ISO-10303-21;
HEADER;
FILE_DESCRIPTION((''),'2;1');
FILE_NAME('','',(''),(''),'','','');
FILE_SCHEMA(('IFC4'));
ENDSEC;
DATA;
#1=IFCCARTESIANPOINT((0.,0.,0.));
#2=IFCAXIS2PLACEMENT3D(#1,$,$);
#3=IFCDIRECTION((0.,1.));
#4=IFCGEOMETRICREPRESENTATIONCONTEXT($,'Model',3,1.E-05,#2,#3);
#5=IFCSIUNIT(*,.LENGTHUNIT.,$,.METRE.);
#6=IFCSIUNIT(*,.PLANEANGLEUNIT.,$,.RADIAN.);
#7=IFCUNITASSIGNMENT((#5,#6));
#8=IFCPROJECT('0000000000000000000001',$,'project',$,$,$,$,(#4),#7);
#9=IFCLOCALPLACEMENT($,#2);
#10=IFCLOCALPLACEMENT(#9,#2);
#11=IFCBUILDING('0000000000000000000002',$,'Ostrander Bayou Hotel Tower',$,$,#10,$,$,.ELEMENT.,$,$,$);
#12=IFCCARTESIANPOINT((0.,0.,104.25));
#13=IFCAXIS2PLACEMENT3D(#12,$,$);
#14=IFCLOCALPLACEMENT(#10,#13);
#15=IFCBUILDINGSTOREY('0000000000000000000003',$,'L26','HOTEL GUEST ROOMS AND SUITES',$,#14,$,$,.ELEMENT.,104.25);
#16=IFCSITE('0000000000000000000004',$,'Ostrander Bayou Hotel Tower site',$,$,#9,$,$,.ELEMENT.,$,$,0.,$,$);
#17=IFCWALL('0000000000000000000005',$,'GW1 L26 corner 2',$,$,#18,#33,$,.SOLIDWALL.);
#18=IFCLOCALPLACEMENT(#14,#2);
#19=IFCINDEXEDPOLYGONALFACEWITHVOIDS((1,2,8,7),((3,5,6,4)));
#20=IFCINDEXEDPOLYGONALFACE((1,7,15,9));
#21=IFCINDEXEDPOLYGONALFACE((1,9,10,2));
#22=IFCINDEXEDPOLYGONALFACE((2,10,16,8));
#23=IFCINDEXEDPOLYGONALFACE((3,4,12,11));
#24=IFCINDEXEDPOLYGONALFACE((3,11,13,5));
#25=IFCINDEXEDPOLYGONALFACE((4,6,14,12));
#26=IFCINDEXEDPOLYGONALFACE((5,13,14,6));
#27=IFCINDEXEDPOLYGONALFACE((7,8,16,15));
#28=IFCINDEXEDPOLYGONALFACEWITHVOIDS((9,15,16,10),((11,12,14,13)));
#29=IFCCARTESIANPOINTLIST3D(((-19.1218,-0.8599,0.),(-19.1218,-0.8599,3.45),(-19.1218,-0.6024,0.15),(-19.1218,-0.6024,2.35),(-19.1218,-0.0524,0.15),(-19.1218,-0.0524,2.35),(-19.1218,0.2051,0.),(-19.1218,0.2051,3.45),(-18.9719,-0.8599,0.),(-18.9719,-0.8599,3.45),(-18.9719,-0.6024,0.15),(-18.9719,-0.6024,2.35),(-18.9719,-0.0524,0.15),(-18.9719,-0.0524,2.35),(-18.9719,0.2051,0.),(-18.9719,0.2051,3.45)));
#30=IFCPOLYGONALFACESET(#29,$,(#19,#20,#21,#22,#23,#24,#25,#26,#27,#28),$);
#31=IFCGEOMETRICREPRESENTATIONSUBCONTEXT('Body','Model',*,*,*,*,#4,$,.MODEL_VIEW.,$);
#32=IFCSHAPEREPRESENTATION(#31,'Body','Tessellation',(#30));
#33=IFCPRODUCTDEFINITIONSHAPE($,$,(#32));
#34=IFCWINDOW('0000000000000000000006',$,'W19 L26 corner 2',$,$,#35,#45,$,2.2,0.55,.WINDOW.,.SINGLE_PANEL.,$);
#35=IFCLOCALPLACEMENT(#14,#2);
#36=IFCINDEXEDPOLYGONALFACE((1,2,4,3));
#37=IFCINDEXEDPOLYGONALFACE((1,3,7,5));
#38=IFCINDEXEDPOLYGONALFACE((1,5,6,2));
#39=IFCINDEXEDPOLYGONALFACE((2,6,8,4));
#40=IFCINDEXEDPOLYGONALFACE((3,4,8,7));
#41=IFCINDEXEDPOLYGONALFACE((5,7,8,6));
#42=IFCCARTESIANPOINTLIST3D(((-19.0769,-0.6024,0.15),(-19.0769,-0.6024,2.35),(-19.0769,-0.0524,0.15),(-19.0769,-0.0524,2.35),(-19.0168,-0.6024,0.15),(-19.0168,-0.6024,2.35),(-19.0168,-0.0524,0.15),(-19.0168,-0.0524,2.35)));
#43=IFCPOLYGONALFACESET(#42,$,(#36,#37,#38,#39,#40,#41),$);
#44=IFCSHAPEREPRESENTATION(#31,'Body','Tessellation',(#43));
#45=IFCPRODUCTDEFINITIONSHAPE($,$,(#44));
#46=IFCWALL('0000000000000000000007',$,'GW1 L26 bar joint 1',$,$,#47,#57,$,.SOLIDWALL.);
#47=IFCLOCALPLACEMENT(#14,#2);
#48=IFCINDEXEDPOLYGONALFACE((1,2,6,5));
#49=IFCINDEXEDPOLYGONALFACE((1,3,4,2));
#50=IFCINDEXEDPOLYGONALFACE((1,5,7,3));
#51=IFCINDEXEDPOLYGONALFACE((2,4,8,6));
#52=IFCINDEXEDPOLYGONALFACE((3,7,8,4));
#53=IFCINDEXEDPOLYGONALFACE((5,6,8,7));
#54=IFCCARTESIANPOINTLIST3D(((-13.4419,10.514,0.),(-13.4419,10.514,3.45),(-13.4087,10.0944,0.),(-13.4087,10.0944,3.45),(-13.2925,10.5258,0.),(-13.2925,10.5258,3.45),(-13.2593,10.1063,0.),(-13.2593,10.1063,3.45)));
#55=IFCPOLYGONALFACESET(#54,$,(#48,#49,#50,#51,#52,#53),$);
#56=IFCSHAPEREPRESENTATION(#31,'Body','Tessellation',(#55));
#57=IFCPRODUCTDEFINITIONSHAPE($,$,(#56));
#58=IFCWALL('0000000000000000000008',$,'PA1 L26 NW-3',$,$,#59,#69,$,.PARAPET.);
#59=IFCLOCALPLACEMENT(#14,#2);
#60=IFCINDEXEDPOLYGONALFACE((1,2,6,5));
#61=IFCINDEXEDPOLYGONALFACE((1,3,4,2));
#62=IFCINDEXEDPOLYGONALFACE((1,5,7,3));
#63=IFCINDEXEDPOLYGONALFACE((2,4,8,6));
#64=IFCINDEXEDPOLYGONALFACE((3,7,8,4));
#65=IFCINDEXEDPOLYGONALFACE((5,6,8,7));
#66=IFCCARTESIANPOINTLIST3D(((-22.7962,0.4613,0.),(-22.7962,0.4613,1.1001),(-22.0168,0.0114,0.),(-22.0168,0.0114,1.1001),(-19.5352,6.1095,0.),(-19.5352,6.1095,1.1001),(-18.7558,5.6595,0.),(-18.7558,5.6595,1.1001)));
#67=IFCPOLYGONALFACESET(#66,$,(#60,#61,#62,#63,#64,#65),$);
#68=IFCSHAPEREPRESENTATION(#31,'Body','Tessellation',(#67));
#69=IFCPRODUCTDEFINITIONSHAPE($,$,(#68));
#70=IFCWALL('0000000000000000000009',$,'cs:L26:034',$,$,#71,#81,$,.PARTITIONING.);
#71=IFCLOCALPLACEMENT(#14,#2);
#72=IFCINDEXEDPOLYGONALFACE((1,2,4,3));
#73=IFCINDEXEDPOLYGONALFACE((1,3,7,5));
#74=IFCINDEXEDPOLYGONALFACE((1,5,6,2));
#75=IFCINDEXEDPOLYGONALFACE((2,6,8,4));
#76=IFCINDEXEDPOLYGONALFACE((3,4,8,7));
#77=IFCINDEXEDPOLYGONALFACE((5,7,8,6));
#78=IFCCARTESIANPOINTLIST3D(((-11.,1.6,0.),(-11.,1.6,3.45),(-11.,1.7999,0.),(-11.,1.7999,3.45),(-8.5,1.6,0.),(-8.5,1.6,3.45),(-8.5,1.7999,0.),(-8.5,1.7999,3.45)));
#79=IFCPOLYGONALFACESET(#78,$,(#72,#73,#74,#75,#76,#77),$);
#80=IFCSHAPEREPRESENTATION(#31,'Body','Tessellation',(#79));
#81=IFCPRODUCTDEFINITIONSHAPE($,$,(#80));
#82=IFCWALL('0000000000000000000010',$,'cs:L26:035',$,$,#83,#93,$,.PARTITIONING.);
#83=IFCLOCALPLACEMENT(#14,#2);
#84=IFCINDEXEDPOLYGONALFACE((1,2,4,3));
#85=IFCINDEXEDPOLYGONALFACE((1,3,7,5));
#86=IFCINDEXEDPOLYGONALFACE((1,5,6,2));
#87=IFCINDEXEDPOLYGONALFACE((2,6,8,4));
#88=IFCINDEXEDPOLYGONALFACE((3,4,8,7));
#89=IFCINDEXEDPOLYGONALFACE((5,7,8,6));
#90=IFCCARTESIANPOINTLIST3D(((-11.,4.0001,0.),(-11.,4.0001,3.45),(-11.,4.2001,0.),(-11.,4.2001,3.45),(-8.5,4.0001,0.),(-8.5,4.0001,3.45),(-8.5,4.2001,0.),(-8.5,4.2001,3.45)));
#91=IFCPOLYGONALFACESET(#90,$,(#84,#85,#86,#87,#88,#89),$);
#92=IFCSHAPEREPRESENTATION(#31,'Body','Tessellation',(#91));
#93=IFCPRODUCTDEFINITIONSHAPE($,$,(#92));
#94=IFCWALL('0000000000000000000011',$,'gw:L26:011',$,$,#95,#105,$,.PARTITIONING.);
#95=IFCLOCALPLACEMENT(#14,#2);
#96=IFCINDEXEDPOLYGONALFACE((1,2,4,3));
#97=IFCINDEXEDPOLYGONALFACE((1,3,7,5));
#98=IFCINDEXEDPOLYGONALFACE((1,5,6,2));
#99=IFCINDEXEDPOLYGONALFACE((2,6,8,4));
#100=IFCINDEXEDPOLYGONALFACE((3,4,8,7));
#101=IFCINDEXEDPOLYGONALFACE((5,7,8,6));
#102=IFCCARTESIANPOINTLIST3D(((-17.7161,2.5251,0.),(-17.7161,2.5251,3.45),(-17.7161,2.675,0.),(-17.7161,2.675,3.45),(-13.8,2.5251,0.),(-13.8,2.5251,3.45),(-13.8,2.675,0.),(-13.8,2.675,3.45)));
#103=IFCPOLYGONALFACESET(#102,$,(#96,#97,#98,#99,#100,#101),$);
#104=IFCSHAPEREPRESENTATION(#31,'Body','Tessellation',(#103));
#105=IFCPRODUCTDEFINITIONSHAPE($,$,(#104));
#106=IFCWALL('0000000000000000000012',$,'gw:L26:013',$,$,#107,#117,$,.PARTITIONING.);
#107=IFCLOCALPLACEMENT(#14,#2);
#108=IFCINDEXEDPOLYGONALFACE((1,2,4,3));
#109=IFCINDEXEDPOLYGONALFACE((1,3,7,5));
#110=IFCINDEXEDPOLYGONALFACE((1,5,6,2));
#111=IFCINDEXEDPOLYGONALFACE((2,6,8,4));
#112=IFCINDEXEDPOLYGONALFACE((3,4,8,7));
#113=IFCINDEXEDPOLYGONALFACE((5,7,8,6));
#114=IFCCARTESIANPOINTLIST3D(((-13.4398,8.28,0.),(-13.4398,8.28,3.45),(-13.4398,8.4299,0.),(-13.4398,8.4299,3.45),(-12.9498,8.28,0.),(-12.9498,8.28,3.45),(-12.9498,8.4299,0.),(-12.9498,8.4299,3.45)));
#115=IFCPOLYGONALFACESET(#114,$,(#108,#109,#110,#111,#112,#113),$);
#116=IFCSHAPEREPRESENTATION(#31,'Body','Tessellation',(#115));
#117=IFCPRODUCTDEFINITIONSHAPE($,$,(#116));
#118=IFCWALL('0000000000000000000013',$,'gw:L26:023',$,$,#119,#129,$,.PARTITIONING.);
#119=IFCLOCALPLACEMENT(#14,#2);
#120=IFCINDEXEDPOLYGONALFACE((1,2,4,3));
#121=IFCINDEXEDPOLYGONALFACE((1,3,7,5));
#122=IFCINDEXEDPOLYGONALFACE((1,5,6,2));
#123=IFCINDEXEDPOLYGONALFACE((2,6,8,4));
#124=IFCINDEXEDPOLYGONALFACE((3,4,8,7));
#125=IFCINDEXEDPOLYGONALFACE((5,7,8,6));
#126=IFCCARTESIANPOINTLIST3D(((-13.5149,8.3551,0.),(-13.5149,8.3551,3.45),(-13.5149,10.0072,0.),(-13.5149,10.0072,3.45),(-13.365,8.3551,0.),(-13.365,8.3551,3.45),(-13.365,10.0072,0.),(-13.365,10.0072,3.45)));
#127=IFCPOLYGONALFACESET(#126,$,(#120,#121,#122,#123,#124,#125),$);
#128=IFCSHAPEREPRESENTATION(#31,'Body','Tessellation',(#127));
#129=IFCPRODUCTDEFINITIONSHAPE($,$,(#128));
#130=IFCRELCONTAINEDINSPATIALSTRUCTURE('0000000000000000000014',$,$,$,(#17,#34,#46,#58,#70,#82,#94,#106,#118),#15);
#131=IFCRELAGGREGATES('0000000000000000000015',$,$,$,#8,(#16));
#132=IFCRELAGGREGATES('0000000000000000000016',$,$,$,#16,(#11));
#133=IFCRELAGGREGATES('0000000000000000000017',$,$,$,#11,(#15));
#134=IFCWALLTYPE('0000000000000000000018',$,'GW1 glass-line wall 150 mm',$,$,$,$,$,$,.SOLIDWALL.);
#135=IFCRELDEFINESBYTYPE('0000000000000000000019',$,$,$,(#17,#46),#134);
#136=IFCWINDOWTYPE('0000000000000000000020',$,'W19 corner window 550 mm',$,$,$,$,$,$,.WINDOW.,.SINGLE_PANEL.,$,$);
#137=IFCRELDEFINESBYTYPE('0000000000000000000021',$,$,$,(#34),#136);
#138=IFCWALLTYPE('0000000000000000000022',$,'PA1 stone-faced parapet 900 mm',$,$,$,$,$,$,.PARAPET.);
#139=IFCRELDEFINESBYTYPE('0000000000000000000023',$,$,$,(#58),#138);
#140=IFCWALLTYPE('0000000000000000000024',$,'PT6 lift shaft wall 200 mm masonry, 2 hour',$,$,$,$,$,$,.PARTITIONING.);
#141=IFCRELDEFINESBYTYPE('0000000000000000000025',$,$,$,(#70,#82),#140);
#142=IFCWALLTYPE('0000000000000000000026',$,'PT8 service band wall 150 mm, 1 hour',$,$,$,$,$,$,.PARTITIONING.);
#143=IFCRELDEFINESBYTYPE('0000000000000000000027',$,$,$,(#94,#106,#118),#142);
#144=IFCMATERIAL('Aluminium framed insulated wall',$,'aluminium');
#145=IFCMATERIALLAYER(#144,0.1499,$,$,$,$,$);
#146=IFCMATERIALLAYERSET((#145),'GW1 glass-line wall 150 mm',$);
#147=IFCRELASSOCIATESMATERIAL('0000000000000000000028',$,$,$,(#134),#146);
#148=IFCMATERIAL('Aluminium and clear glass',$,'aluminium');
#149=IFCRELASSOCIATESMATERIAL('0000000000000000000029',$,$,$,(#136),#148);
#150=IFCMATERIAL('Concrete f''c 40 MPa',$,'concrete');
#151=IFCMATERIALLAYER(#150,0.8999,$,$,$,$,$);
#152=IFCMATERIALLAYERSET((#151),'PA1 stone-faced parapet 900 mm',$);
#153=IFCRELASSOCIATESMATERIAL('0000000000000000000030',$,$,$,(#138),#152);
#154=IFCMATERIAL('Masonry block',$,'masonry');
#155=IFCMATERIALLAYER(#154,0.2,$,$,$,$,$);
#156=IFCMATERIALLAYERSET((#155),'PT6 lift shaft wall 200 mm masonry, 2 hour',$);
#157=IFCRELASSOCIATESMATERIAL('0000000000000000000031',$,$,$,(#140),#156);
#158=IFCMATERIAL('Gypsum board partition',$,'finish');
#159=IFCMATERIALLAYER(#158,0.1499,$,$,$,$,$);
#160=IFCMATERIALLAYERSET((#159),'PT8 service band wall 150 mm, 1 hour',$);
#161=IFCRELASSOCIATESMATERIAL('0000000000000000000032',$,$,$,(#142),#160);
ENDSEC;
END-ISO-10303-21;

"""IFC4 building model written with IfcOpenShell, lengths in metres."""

from ifc_helpers import new_model, si_unit, direction, frame, frame_2d, origin, place, context, subcontext, project, spatial, rectangle, extrude, material, layer, layer_set, type_object, element, fill, save


model = new_model("IFC4")

# Units and contexts
model_context = context("Model", 3, precision=1e-05, world=origin(), true_north=direction((0.0, 1.0)))
body_context = subcontext(model_context, "Body", "Model", "MODEL_VIEW")
ifc_project = project(units=[si_unit("LENGTHUNIT", "METRE"), si_unit("PLANEANGLEUNIT", "RADIAN")], contexts=[model_context])

# Site, building, storey
site_placement = place(None, origin())
site = spatial("IfcSite", under=ifc_project, at=site_placement, Name="Ostrander Bayou Hotel Tower site", CompositionType="ELEMENT", RefElevation=0.0)
building_placement = place(site_placement, origin())
building = spatial("IfcBuilding", under=site, at=building_placement, Name="Ostrander Bayou Hotel Tower", CompositionType="ELEMENT")
storey_placement = place(building_placement, frame((0.0, 0.0, 104.25)))
storey = spatial("IfcBuildingStorey", under=building, at=storey_placement, Name="L26", Description="HOTEL GUEST ROOMS AND SUITES", CompositionType="ELEMENT", Elevation=104.25)

# Shared definitions
ifc_material_1 = material(Name="Aluminium framed insulated wall", Category="aluminium")
ifc_layer_1 = layer(ifc_material_1, 0.1499)
ifc_layer_set_1 = layer_set([ifc_layer_1], Name="GW1 glass-line wall 150 mm")
wall_type_1 = type_object("IfcWallType", Name="GW1 glass-line wall 150 mm", PredefinedType="SOLIDWALL", material=ifc_layer_set_1)

# Wall, opening, window
wall_1_placement = place(storey_placement, frame((-19.0469, 0.2051, 0.0), z_axis=(0.0, 0.0, 1.0), x_axis=(0.0, -1.0, 0.0)))
wall_1 = element("IfcWall", 1, at=wall_1_placement, inside=storey, type_object=wall_type_1, Name="GW1 L26 corner 2", PredefinedType="SOLIDWALL", context=body_context, shape_type="SweptSolid", body=[
    extrude(rectangle(XDim=1.0649, YDim=0.1499, at=frame_2d((0.5325, 0.0))), origin(), (0.0, 0.0, 1.0), 3.45),
])
opening_1_placement = place(wall_1_placement, frame((0.2576, 0.0, 0.1499)))
opening_1 = element("IfcOpeningElement", 2, at=opening_1_placement, cuts=wall_1, PredefinedType="OPENING", context=body_context, shape_type="SweptSolid", body=[
    extrude(rectangle(XDim=0.55, YDim=2.2, at=frame_2d((0.2749, 1.1001))), frame((0.0, 0.075, 0.0), z_axis=(0.0, -1.0, 0.0), x_axis=(1.0, 0.0, 0.0)), (0.0, 0.0, 1.0), 0.1499),
])
ifc_material_2 = material(Name="Aluminium and clear glass", Category="aluminium")
window_type_1 = type_object("IfcWindowType", Name="W19 corner window 550 mm", PartitioningType="SINGLE_PANEL", PredefinedType="WINDOW", material=ifc_material_2)
window_1_placement = place(opening_1_placement, origin())
window_1 = element("IfcWindow", 3, at=window_1_placement, inside=storey, type_object=window_type_1, Name="W19 L26 corner 2", OverallHeight=2.2, OverallWidth=0.55, PartitioningType="SINGLE_PANEL", PredefinedType="WINDOW", context=body_context, shape_type="SweptSolid", body=[
    extrude(rectangle(XDim=0.55, YDim=2.2, at=frame_2d((0.2749, 1.1001))), frame((0.0, 0.03, 0.0), z_axis=(0.0, -1.0, 0.0), x_axis=(1.0, 0.0, 0.0)), (0.0, 0.0, 1.0), 0.0601),
])
fill(opening_1, window_1)

# Walls
wall_2_placement = place(storey_placement, frame((-13.334, 10.1003, 0.0), z_axis=(0.0, 0.0, 1.0), x_axis=(-0.078869, 0.996885, 0.0)))
element("IfcWall", 4, at=wall_2_placement, inside=storey, type_object=wall_type_1, Name="GW1 L26 bar joint 1", PredefinedType="SOLIDWALL", context=body_context, shape_type="SweptSolid", body=[
    extrude(rectangle(XDim=0.4209, YDim=0.1499, at=frame_2d((0.2104, 0.0))), origin(), (0.0, 0.0, 1.0), 3.45),
])
ifc_material_3 = material(Name="Concrete f'c 40 MPa", Category="concrete")
ifc_layer_2 = layer(ifc_material_3, 0.8999)
ifc_layer_set_2 = layer_set([ifc_layer_2], Name="PA1 stone-faced parapet 900 mm")
wall_type_2 = type_object("IfcWallType", Name="PA1 stone-faced parapet 900 mm", PredefinedType="PARAPET", material=ifc_layer_set_2)
wall_3_placement = place(storey_placement, frame((-19.1455, 5.8845, 0.0), z_axis=(0.0, 0.0, 1.0), x_axis=(-0.5, -0.866025, 0.0)))
element("IfcWall", 5, at=wall_3_placement, inside=storey, type_object=wall_type_2, Name="PA1 L26 NW-3", PredefinedType="PARAPET", context=body_context, shape_type="SweptSolid", body=[
    extrude(rectangle(XDim=6.522, YDim=0.8999, at=frame_2d((3.261, 0.0))), origin(), (0.0, 0.0, 1.0), 1.1001),
])

# Walls
ifc_material_4 = material(Name="Masonry block", Category="masonry")
ifc_layer_3 = layer(ifc_material_4, 0.2)
ifc_layer_set_3 = layer_set([ifc_layer_3], Name="PT6 lift shaft wall 200 mm masonry, 2 hour")
wall_type_3 = type_object("IfcWallType", Name="PT6 lift shaft wall 200 mm masonry, 2 hour", PredefinedType="PARTITIONING", material=ifc_layer_set_3)
for number, where, z_axis, x_axis, name in (
    (6, (-11.0, 1.7, 0.0), (0.0, 0.0, 1.0), (1.0, 0.0, 0.0), "cs:L26:034"),
    (7, (-11.0, 4.1001, 0.0), (0.0, 0.0, 1.0), (1.0, 0.0, 0.0), "cs:L26:035"),
):
    element("IfcWall", number, at=place(storey_placement, frame(where, z_axis=z_axis, x_axis=x_axis)), inside=storey, type_object=wall_type_3, Name=name, PredefinedType="PARTITIONING", context=body_context, shape_type="SweptSolid", body=[
        extrude(rectangle(XDim=2.5, YDim=0.2, at=frame_2d((1.25, 0.0))), origin(), (0.0, 0.0, 1.0), 3.45),
    ])
ifc_material_5 = material(Name="Gypsum board partition", Category="finish")
ifc_layer_4 = layer(ifc_material_5, 0.1499)
ifc_layer_set_4 = layer_set([ifc_layer_4], Name="PT8 service band wall 150 mm, 1 hour")
wall_type_4 = type_object("IfcWallType", Name="PT8 service band wall 150 mm, 1 hour", PredefinedType="PARTITIONING", material=ifc_layer_set_4)
wall_4_placement = place(storey_placement, frame((-17.7161, 2.6001, 0.0), z_axis=(0.0, 0.0, 1.0), x_axis=(1.0, 0.0, 0.0)))
element("IfcWall", 8, at=wall_4_placement, inside=storey, type_object=wall_type_4, Name="gw:L26:011", PredefinedType="PARTITIONING", context=body_context, shape_type="SweptSolid", body=[
    extrude(rectangle(XDim=3.916, YDim=0.1499, at=frame_2d((1.958, 0.0))), origin(), (0.0, 0.0, 1.0), 3.45),
])
wall_5_placement = place(storey_placement, frame((-13.4399, 8.355, 0.0), z_axis=(0.0, 0.0, 1.0), x_axis=(1.0, 0.0, 0.0)))
element("IfcWall", 9, at=wall_5_placement, inside=storey, type_object=wall_type_4, Name="gw:L26:013", PredefinedType="PARTITIONING", context=body_context, shape_type="SweptSolid", body=[
    extrude(rectangle(XDim=0.49, YDim=0.1499, at=frame_2d((0.2451, 0.0))), origin(), (0.0, 0.0, 1.0), 3.45),
])
wall_6_placement = place(storey_placement, frame((-13.4399, 8.355, 0.0), z_axis=(0.0, 0.0, 1.0), x_axis=(0.0, 1.0, 0.0)))
element("IfcWall", 10, at=wall_6_placement, inside=storey, type_object=wall_type_4, Name="gw:L26:023", PredefinedType="PARTITIONING", context=body_context, shape_type="SweptSolid", body=[
    extrude(rectangle(XDim=1.6521, YDim=0.1499, at=frame_2d((0.8262, 0.0))), origin(), (0.0, 0.0, 1.0), 3.45),
])

save(model, "model.ifc")
